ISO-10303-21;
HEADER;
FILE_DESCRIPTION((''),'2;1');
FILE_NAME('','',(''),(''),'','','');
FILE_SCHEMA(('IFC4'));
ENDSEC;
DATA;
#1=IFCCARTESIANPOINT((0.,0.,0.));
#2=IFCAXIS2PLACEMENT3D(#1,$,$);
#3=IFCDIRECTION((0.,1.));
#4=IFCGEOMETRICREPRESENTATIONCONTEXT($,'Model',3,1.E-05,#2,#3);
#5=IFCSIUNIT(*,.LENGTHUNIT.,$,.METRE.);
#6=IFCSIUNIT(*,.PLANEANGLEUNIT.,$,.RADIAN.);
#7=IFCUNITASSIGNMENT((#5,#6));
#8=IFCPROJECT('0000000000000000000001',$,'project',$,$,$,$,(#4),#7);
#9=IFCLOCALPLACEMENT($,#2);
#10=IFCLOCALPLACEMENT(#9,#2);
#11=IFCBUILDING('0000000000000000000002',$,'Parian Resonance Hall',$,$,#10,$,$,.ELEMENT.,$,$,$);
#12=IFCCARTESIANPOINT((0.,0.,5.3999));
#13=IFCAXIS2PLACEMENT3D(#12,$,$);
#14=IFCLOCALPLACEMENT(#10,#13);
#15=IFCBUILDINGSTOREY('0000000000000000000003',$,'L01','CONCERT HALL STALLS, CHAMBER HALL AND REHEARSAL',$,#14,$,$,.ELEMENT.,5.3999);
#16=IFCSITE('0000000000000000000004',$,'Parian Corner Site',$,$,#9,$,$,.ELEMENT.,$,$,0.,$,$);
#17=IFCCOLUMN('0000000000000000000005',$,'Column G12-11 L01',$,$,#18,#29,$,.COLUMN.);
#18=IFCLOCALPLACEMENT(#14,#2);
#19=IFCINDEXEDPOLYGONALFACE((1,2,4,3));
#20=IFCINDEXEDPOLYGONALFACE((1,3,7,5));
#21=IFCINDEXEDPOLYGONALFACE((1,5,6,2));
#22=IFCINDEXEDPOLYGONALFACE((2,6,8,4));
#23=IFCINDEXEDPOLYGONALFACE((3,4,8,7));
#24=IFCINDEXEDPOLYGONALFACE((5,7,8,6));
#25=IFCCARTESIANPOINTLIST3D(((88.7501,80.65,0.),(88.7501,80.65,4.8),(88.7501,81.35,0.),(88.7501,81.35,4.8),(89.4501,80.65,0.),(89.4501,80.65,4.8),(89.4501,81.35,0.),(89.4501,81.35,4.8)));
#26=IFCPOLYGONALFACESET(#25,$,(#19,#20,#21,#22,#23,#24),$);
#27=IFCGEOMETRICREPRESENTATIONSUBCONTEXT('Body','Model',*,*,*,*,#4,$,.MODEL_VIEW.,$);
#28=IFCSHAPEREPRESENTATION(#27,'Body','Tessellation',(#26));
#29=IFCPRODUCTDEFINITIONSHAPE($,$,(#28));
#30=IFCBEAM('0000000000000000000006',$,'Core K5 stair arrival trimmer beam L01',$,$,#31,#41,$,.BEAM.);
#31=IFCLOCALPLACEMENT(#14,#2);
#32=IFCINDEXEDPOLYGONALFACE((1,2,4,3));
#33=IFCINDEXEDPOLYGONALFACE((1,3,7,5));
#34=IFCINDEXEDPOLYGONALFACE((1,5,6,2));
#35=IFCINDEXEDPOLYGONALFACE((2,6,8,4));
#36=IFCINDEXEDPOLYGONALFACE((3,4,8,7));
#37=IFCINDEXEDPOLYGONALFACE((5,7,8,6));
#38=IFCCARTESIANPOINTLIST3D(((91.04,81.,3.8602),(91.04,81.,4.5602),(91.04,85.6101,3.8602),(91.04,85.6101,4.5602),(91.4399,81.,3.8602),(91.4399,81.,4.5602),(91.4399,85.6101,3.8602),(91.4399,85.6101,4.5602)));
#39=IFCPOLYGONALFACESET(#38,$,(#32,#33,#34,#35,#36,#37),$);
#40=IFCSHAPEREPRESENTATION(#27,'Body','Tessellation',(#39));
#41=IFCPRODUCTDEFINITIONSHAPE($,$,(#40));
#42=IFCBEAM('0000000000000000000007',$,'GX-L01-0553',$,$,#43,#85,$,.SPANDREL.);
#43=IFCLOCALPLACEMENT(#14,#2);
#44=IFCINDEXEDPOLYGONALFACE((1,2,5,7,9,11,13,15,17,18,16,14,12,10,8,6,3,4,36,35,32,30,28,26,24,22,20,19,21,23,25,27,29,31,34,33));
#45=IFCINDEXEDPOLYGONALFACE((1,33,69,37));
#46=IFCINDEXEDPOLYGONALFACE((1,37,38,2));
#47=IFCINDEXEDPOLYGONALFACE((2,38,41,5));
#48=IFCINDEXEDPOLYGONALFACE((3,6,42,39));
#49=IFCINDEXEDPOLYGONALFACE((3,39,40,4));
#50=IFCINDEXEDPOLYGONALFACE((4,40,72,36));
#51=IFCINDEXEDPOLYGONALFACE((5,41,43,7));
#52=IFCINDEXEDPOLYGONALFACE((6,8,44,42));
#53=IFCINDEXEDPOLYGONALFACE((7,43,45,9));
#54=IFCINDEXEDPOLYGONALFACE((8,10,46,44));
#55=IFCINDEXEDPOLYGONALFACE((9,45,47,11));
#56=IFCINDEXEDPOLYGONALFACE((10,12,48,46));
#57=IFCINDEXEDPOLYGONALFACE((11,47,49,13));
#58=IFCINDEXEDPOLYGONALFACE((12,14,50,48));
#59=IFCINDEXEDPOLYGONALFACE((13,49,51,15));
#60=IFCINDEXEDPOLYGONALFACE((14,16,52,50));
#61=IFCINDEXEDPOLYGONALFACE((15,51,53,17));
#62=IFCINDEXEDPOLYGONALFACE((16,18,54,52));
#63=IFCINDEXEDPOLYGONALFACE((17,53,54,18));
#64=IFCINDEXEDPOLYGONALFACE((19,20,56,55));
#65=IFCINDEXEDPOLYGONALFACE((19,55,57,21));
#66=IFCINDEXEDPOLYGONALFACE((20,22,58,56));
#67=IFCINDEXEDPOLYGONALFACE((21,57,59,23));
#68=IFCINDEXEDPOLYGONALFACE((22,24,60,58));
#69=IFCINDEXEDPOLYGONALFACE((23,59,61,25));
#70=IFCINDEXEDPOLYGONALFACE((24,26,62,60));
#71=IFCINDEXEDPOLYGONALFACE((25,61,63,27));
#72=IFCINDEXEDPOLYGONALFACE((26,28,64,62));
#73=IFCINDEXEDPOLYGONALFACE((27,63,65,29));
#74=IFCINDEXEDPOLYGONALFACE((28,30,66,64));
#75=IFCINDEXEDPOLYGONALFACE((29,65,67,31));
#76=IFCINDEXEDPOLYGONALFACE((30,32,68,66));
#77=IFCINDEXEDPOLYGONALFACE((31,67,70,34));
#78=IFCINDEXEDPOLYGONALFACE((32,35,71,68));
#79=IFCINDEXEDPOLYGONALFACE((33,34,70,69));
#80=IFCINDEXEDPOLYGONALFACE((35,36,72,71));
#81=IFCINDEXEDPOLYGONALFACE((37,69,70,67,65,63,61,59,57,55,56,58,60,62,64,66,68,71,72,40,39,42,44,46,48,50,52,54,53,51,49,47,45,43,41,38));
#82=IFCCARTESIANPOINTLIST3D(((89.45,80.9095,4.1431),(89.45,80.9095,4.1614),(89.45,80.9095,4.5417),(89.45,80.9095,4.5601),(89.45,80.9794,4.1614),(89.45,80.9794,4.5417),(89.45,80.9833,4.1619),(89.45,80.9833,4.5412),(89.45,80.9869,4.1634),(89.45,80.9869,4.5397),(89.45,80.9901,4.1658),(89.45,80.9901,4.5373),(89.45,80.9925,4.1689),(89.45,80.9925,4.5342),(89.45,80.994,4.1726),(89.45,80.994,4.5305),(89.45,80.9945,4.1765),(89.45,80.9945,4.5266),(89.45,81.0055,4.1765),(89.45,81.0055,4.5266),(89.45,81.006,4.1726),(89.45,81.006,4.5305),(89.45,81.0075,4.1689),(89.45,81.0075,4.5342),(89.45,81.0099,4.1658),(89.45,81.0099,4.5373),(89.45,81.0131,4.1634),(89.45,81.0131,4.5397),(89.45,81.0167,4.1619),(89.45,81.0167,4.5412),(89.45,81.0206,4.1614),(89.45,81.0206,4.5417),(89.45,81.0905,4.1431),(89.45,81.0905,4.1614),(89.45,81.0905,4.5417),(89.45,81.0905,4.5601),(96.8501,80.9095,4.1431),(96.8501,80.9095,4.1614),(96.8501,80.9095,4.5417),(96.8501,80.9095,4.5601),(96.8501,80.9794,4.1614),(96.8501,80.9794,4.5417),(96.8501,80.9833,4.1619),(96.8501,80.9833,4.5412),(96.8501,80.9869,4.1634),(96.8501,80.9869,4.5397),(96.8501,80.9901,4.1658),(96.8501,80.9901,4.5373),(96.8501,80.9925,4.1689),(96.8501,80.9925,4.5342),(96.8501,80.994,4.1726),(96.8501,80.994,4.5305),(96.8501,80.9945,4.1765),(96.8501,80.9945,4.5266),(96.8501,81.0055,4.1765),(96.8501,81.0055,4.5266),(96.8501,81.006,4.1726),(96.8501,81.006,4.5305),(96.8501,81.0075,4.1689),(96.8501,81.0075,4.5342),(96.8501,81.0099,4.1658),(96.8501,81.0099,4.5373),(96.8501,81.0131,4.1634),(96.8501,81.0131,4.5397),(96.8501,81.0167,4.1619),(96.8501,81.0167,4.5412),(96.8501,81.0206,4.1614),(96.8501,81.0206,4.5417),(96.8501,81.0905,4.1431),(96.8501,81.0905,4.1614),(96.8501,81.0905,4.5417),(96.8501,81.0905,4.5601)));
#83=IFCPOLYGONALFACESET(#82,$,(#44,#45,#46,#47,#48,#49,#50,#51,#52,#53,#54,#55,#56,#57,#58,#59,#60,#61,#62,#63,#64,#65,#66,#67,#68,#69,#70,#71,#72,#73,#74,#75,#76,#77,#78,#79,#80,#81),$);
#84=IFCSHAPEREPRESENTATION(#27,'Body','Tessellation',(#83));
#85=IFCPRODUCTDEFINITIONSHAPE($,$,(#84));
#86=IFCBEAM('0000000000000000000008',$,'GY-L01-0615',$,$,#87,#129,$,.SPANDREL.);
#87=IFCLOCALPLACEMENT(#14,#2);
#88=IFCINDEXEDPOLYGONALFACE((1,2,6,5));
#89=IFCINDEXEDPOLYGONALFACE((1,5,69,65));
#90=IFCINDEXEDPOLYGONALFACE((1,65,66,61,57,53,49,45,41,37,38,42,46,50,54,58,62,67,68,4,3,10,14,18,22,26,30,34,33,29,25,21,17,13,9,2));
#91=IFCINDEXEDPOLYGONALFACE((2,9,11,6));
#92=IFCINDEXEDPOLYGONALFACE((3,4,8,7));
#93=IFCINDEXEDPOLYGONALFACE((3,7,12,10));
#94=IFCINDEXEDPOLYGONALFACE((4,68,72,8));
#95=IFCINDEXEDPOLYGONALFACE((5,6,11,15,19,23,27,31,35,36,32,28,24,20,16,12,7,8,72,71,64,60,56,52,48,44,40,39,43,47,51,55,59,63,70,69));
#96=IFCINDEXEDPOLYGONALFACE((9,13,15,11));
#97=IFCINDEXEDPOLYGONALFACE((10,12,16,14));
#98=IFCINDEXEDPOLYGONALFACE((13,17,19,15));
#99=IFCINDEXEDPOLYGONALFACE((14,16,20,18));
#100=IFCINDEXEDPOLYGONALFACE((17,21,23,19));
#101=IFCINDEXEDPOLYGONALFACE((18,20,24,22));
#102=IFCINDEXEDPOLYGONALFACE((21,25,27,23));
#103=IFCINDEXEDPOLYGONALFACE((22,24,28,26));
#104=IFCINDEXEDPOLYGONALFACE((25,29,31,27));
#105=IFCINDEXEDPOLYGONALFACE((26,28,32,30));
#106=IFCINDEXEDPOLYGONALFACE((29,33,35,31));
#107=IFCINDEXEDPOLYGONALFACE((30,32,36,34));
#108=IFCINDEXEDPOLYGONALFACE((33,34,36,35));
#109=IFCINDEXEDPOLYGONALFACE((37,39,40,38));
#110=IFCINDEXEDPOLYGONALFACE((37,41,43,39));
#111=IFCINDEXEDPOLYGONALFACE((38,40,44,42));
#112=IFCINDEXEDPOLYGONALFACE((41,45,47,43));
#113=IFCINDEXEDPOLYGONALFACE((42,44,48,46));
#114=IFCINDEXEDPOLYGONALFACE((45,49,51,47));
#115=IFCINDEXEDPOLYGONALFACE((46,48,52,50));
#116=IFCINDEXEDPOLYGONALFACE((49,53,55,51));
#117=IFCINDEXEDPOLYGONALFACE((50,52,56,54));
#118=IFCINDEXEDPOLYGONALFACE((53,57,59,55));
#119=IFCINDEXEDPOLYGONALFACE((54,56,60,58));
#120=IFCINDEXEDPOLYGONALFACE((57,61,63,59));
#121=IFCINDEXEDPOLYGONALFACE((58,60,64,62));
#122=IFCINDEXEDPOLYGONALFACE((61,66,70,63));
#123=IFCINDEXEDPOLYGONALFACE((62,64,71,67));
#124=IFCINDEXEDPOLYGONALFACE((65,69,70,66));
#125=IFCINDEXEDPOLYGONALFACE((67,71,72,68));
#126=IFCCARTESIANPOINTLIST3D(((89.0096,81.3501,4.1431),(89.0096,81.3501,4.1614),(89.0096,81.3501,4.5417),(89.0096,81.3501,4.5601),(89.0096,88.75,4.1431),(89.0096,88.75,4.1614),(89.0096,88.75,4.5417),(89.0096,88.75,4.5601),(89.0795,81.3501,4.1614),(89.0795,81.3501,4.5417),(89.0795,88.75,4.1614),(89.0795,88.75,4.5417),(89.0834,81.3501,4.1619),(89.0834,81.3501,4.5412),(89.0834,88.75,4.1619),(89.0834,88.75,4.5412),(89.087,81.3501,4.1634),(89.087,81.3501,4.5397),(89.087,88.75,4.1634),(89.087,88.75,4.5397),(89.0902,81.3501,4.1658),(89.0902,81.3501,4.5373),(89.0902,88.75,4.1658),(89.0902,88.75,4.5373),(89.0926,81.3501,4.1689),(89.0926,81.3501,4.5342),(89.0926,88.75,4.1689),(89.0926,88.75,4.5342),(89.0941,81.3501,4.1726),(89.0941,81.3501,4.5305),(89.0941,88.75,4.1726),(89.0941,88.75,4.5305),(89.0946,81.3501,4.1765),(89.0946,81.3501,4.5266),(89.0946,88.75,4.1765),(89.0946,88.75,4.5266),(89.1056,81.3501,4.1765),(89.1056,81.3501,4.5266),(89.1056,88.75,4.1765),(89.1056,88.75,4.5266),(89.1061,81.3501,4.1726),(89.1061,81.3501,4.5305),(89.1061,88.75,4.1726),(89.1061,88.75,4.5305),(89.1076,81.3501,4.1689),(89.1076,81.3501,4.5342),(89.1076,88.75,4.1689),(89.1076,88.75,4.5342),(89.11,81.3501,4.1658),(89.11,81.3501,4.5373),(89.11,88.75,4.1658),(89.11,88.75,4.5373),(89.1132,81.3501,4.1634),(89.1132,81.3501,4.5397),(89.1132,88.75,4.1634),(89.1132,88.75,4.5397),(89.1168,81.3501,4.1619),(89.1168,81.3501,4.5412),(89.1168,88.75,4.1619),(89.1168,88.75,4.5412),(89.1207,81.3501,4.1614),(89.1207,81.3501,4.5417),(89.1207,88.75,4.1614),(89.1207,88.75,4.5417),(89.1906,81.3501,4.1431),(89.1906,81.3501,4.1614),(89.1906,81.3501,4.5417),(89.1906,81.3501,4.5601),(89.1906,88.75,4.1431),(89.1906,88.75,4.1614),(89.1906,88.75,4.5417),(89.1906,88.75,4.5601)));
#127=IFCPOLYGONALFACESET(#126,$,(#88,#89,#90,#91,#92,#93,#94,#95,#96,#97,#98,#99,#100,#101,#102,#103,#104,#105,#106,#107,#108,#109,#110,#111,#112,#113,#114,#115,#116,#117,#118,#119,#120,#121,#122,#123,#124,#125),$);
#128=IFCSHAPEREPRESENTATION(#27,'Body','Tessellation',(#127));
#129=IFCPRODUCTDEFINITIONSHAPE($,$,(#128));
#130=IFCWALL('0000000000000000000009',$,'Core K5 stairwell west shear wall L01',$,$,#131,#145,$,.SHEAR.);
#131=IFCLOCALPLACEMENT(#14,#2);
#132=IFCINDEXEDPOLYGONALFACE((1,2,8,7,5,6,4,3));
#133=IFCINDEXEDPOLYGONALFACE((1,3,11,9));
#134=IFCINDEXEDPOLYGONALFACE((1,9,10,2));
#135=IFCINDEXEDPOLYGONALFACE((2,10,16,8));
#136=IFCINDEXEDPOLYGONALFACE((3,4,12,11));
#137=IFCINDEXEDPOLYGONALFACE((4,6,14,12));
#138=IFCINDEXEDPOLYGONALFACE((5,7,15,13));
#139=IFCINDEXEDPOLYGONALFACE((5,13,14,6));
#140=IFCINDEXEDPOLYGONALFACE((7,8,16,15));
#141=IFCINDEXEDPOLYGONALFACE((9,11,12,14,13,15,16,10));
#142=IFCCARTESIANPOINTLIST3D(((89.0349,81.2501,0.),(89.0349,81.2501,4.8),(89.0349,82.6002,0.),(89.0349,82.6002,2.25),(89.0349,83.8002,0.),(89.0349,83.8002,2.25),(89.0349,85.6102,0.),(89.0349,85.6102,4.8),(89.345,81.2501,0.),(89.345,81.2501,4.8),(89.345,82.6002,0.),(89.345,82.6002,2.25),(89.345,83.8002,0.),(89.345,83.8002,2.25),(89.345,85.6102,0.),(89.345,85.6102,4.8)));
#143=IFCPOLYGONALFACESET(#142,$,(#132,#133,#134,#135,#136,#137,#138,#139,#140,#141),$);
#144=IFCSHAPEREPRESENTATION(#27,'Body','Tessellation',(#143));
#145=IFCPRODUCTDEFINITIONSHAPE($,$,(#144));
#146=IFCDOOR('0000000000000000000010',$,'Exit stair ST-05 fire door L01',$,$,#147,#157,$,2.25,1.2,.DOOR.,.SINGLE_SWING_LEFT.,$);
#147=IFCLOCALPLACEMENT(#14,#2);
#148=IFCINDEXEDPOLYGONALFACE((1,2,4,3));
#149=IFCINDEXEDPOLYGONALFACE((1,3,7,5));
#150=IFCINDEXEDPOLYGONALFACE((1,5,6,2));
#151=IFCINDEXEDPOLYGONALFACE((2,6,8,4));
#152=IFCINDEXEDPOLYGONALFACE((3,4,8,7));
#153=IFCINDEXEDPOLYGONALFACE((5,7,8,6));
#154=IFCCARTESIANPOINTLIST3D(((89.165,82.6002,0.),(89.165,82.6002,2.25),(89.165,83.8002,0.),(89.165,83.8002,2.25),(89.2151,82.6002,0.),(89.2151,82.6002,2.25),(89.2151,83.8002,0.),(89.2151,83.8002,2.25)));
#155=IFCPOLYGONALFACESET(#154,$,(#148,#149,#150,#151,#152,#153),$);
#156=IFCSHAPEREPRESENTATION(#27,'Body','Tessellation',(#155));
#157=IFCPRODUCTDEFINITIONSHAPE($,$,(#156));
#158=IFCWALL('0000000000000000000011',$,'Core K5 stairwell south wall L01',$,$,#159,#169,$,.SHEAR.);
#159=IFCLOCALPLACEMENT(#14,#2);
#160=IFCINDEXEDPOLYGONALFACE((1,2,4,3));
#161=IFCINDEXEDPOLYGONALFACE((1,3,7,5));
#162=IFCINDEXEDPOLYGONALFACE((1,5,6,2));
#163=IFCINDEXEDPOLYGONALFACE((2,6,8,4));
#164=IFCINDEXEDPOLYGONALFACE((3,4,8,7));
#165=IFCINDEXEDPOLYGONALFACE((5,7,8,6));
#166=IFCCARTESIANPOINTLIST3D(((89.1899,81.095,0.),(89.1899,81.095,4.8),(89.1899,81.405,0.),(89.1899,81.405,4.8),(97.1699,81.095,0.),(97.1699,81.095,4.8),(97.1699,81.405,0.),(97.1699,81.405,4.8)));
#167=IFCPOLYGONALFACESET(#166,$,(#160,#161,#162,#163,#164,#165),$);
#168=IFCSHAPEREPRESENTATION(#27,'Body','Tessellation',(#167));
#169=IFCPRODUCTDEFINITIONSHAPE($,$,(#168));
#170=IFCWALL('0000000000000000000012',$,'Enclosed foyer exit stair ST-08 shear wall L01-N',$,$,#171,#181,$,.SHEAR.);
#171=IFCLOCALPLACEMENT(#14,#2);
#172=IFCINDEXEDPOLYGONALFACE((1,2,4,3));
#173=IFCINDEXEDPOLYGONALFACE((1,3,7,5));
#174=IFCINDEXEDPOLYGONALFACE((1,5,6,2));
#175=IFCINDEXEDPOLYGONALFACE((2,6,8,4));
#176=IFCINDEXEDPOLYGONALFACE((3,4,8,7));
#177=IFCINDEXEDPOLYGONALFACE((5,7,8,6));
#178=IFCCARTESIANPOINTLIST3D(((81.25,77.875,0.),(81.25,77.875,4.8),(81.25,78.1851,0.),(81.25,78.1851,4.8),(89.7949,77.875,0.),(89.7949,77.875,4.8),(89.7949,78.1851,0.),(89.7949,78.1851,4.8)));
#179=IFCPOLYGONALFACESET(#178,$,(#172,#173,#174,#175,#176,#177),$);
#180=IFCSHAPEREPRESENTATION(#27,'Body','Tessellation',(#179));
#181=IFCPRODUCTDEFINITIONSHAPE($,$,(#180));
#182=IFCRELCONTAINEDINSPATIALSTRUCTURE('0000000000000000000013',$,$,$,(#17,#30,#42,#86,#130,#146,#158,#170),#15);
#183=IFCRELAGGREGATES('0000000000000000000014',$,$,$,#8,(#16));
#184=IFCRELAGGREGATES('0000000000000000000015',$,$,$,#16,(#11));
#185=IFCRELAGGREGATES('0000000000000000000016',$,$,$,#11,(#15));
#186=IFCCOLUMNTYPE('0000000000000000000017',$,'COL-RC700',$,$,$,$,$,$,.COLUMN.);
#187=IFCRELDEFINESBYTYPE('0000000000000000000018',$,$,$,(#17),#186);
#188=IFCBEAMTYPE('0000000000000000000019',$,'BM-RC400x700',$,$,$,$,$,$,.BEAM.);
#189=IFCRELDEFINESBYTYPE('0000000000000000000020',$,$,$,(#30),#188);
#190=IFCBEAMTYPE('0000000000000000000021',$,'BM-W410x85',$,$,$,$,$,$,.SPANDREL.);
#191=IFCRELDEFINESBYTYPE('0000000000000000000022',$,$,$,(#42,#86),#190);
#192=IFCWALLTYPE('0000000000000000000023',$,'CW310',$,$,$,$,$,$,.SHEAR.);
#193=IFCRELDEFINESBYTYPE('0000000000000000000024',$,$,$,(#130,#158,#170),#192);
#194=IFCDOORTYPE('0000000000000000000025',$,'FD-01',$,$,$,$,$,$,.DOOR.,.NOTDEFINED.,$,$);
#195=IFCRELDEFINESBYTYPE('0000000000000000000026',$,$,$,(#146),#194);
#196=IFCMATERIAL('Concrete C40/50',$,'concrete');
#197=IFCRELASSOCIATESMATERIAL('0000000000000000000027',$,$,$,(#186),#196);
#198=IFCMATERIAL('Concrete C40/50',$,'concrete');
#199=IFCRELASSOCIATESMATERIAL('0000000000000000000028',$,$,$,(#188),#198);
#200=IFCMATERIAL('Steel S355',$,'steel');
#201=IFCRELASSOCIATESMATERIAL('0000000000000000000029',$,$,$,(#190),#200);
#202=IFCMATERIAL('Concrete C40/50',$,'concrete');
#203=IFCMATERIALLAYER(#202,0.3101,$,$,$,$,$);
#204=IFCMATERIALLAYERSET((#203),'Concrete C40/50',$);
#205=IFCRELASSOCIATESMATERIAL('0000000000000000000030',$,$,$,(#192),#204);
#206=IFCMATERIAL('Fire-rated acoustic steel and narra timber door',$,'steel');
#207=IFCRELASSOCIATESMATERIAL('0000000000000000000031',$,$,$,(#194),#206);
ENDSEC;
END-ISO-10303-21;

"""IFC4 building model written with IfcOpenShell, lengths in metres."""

from ifc_helpers import new_model, si_unit, direction, frame, frame_2d, origin, origin_2d, place, context, subcontext, project, spatial, rectangle, i_section, extrude, material, layer, layer_set, material_profile, profile_set, type_object, element, fill, save


model = new_model("IFC4")

# Units and contexts
model_context = context("Model", 3, precision=1e-05, world=origin(), true_north=direction((0.0, 1.0)))
body_context = subcontext(model_context, "Body", "Model", "MODEL_VIEW")
ifc_project = project(units=[si_unit("LENGTHUNIT", "METRE"), si_unit("PLANEANGLEUNIT", "RADIAN")], contexts=[model_context])

# Site, building, storey
site_placement = place(None, origin())
site = spatial("IfcSite", under=ifc_project, at=site_placement, Name="Parian Corner Site", CompositionType="ELEMENT", RefElevation=0.0)
building_placement = place(site_placement, origin())
building = spatial("IfcBuilding", under=site, at=building_placement, Name="Parian Resonance Hall", CompositionType="ELEMENT")
storey_placement = place(building_placement, frame((0.0, 0.0, 5.3999)))
storey = spatial("IfcBuildingStorey", under=building, at=storey_placement, Name="L01", Description="CONCERT HALL STALLS, CHAMBER HALL AND REHEARSAL", CompositionType="ELEMENT", Elevation=5.3999)

# Column
ifc_material_1 = material(Name="Concrete C40/50", Category="concrete")
ifc_material_profile_1 = material_profile(ifc_material_1, rectangle(XDim=0.7, YDim=0.7, at=origin_2d()), Name="RC-COL-700x700")
ifc_profile_set_1 = profile_set([ifc_material_profile_1], Name="Concrete C40/50")
column_type = type_object("IfcColumnType", Name="COL-RC700", PredefinedType="COLUMN", material=ifc_profile_set_1)
column_placement = place(storey_placement, frame((89.1001, 81.0, 0.0), z_axis=(0.0, 0.0, 1.0), x_axis=(1.0, 0.0, 0.0)))
element("IfcColumn", 1, at=column_placement, inside=storey, type_object=column_type, Name="Column G12-11 L01", PredefinedType="COLUMN", context=body_context, shape_type="SweptSolid", body=[
    extrude(rectangle(XDim=0.7, YDim=0.7, at=origin_2d()), origin(), (0.0, 0.0, 1.0), 4.8),
])

# Beams
ifc_material_2 = material(Name="Concrete C40/50", Category="concrete")
ifc_material_profile_2 = material_profile(ifc_material_2, rectangle(XDim=0.3999, YDim=0.7, at=origin_2d()), Name="RC-BM-400x700")
ifc_profile_set_2 = profile_set([ifc_material_profile_2], Name="Concrete C40/50")
beam_type_1 = type_object("IfcBeamType", Name="BM-RC400x700", PredefinedType="BEAM", material=ifc_profile_set_2)
beam_1_placement = place(storey_placement, frame((91.24, 81.0, 4.2102), z_axis=(0.0, 1.0, 0.0), x_axis=(-1.0, 0.0, 0.0)))
element("IfcBeam", 2, at=beam_1_placement, inside=storey, type_object=beam_type_1, Name="Core K5 stair arrival trimmer beam L01", PredefinedType="BEAM", context=body_context, shape_type="SweptSolid", body=[
    extrude(rectangle(XDim=0.3999, YDim=0.7, at=origin_2d()), origin(), (0.0, 0.0, 1.0), 4.6101),
])
ifc_material_3 = material(Name="Steel S355", Category="steel")
ifc_material_profile_3 = material_profile(ifc_material_3, i_section(OverallWidth=0.1809, OverallDepth=0.417, WebThickness=0.011, FlangeThickness=0.0183, FilletRadius=0.0151, at=origin_2d()), Name="W410x85")
ifc_profile_set_3 = profile_set([ifc_material_profile_3], Name="Steel S355")
beam_type_2 = type_object("IfcBeamType", Name="BM-W410x85", PredefinedType="SPANDREL", material=ifc_profile_set_3)
beam_2_placement = place(storey_placement, frame((89.45, 81.0, 4.3516), z_axis=(1.0, 0.0, 0.0), x_axis=(0.0, 1.0, 0.0)))
element("IfcBeam", 3, at=beam_2_placement, inside=storey, type_object=beam_type_2, Name="GX-L01-0553", PredefinedType="SPANDREL", context=body_context, shape_type="SweptSolid", body=[
    extrude(i_section(OverallWidth=0.1809, OverallDepth=0.417, WebThickness=0.011, FlangeThickness=0.0183, FilletRadius=0.0151, at=origin_2d()), origin(), (0.0, 0.0, 1.0), 7.4001),
])
beam_3_placement = place(storey_placement, frame((89.1001, 81.3501, 4.3516), z_axis=(0.0, 1.0, 0.0), x_axis=(-1.0, 0.0, 0.0)))
element("IfcBeam", 4, at=beam_3_placement, inside=storey, type_object=beam_type_2, Name="GY-L01-0615", PredefinedType="SPANDREL", context=body_context, shape_type="SweptSolid", body=[
    extrude(i_section(OverallWidth=0.1809, OverallDepth=0.417, WebThickness=0.011, FlangeThickness=0.0183, FilletRadius=0.0151, at=origin_2d()), origin(), (0.0, 0.0, 1.0), 7.3999),
])

# Wall, opening, door
ifc_material_4 = material(Name="Concrete C40/50", Category="concrete")
ifc_layer = layer(ifc_material_4, 0.3101)
ifc_layer_set = layer_set([ifc_layer], Name="Concrete C40/50")
wall_type = type_object("IfcWallType", Name="CW310", PredefinedType="SHEAR", material=ifc_layer_set)
wall_1_placement = place(storey_placement, frame((89.1899, 81.25, 0.0), z_axis=(0.0, 0.0, 1.0), x_axis=(0.0, 1.0, 0.0)))
wall_1 = element("IfcWall", 5, at=wall_1_placement, inside=storey, type_object=wall_type, Name="Core K5 stairwell west shear wall L01", PredefinedType="SHEAR", context=body_context, shape_type="SweptSolid", body=[
    extrude(rectangle(XDim=4.3601, YDim=0.3101, at=frame_2d((2.1802, 0.0))), origin(), (0.0, 0.0, 1.0), 4.8),
])
opening_placement = place(wall_1_placement, frame((1.3501, 0.0, 0.0)))
opening = element("IfcOpeningElement", 6, at=opening_placement, cuts=wall_1, PredefinedType="OPENING", context=body_context, shape_type="SweptSolid", body=[
    extrude(rectangle(XDim=1.2, YDim=2.25, at=frame_2d((0.6001, 1.125))), frame((0.0, 0.165, 0.0), z_axis=(0.0, -1.0, 0.0), x_axis=(1.0, 0.0, 0.0)), (0.0, 0.0, 1.0), 0.3301),
])
ifc_material_5 = material(Name="Fire-rated acoustic steel and narra timber door", Category="steel")
door_type = type_object("IfcDoorType", Name="FD-01", OperationType="NOTDEFINED", PredefinedType="DOOR", material=ifc_material_5)
door_placement = place(opening_placement, origin())
door = element("IfcDoor", 7, at=door_placement, inside=storey, type_object=door_type, Name="Exit stair ST-05 fire door L01", OperationType="SINGLE_SWING_LEFT", OverallHeight=2.25, OverallWidth=1.2, PredefinedType="DOOR", context=body_context, shape_type="SweptSolid", body=[
    extrude(rectangle(XDim=1.2, YDim=2.25, at=frame_2d((0.6001, 1.125))), frame((0.0, 0.0249, 0.0), z_axis=(0.0, -1.0, 0.0), x_axis=(1.0, 0.0, 0.0)), (0.0, 0.0, 1.0), 0.05),
])
fill(opening, door)

# Walls
wall_2_placement = place(storey_placement, frame((97.1699, 81.25, 0.0), z_axis=(0.0, 0.0, 1.0), x_axis=(-1.0, 0.0, 0.0)))
element("IfcWall", 8, at=wall_2_placement, inside=storey, type_object=wall_type, Name="Core K5 stairwell south wall L01", PredefinedType="SHEAR", context=body_context, shape_type="SweptSolid", body=[
    extrude(rectangle(XDim=7.98, YDim=0.3101, at=frame_2d((3.99, 0.0))), origin(), (0.0, 0.0, 1.0), 4.8),
])
wall_3_placement = place(storey_placement, frame((89.7949, 78.03, 0.0), z_axis=(0.0, 0.0, 1.0), x_axis=(-1.0, 0.0, 0.0)))
element("IfcWall", 9, at=wall_3_placement, inside=storey, type_object=wall_type, Name="Enclosed foyer exit stair ST-08 shear wall L01-N", PredefinedType="SHEAR", context=body_context, shape_type="SweptSolid", body=[
    extrude(rectangle(XDim=8.5449, YDim=0.3101, at=frame_2d((4.2725, 0.0))), origin(), (0.0, 0.0, 1.0), 4.8),
])

save(model, "model.ifc")
